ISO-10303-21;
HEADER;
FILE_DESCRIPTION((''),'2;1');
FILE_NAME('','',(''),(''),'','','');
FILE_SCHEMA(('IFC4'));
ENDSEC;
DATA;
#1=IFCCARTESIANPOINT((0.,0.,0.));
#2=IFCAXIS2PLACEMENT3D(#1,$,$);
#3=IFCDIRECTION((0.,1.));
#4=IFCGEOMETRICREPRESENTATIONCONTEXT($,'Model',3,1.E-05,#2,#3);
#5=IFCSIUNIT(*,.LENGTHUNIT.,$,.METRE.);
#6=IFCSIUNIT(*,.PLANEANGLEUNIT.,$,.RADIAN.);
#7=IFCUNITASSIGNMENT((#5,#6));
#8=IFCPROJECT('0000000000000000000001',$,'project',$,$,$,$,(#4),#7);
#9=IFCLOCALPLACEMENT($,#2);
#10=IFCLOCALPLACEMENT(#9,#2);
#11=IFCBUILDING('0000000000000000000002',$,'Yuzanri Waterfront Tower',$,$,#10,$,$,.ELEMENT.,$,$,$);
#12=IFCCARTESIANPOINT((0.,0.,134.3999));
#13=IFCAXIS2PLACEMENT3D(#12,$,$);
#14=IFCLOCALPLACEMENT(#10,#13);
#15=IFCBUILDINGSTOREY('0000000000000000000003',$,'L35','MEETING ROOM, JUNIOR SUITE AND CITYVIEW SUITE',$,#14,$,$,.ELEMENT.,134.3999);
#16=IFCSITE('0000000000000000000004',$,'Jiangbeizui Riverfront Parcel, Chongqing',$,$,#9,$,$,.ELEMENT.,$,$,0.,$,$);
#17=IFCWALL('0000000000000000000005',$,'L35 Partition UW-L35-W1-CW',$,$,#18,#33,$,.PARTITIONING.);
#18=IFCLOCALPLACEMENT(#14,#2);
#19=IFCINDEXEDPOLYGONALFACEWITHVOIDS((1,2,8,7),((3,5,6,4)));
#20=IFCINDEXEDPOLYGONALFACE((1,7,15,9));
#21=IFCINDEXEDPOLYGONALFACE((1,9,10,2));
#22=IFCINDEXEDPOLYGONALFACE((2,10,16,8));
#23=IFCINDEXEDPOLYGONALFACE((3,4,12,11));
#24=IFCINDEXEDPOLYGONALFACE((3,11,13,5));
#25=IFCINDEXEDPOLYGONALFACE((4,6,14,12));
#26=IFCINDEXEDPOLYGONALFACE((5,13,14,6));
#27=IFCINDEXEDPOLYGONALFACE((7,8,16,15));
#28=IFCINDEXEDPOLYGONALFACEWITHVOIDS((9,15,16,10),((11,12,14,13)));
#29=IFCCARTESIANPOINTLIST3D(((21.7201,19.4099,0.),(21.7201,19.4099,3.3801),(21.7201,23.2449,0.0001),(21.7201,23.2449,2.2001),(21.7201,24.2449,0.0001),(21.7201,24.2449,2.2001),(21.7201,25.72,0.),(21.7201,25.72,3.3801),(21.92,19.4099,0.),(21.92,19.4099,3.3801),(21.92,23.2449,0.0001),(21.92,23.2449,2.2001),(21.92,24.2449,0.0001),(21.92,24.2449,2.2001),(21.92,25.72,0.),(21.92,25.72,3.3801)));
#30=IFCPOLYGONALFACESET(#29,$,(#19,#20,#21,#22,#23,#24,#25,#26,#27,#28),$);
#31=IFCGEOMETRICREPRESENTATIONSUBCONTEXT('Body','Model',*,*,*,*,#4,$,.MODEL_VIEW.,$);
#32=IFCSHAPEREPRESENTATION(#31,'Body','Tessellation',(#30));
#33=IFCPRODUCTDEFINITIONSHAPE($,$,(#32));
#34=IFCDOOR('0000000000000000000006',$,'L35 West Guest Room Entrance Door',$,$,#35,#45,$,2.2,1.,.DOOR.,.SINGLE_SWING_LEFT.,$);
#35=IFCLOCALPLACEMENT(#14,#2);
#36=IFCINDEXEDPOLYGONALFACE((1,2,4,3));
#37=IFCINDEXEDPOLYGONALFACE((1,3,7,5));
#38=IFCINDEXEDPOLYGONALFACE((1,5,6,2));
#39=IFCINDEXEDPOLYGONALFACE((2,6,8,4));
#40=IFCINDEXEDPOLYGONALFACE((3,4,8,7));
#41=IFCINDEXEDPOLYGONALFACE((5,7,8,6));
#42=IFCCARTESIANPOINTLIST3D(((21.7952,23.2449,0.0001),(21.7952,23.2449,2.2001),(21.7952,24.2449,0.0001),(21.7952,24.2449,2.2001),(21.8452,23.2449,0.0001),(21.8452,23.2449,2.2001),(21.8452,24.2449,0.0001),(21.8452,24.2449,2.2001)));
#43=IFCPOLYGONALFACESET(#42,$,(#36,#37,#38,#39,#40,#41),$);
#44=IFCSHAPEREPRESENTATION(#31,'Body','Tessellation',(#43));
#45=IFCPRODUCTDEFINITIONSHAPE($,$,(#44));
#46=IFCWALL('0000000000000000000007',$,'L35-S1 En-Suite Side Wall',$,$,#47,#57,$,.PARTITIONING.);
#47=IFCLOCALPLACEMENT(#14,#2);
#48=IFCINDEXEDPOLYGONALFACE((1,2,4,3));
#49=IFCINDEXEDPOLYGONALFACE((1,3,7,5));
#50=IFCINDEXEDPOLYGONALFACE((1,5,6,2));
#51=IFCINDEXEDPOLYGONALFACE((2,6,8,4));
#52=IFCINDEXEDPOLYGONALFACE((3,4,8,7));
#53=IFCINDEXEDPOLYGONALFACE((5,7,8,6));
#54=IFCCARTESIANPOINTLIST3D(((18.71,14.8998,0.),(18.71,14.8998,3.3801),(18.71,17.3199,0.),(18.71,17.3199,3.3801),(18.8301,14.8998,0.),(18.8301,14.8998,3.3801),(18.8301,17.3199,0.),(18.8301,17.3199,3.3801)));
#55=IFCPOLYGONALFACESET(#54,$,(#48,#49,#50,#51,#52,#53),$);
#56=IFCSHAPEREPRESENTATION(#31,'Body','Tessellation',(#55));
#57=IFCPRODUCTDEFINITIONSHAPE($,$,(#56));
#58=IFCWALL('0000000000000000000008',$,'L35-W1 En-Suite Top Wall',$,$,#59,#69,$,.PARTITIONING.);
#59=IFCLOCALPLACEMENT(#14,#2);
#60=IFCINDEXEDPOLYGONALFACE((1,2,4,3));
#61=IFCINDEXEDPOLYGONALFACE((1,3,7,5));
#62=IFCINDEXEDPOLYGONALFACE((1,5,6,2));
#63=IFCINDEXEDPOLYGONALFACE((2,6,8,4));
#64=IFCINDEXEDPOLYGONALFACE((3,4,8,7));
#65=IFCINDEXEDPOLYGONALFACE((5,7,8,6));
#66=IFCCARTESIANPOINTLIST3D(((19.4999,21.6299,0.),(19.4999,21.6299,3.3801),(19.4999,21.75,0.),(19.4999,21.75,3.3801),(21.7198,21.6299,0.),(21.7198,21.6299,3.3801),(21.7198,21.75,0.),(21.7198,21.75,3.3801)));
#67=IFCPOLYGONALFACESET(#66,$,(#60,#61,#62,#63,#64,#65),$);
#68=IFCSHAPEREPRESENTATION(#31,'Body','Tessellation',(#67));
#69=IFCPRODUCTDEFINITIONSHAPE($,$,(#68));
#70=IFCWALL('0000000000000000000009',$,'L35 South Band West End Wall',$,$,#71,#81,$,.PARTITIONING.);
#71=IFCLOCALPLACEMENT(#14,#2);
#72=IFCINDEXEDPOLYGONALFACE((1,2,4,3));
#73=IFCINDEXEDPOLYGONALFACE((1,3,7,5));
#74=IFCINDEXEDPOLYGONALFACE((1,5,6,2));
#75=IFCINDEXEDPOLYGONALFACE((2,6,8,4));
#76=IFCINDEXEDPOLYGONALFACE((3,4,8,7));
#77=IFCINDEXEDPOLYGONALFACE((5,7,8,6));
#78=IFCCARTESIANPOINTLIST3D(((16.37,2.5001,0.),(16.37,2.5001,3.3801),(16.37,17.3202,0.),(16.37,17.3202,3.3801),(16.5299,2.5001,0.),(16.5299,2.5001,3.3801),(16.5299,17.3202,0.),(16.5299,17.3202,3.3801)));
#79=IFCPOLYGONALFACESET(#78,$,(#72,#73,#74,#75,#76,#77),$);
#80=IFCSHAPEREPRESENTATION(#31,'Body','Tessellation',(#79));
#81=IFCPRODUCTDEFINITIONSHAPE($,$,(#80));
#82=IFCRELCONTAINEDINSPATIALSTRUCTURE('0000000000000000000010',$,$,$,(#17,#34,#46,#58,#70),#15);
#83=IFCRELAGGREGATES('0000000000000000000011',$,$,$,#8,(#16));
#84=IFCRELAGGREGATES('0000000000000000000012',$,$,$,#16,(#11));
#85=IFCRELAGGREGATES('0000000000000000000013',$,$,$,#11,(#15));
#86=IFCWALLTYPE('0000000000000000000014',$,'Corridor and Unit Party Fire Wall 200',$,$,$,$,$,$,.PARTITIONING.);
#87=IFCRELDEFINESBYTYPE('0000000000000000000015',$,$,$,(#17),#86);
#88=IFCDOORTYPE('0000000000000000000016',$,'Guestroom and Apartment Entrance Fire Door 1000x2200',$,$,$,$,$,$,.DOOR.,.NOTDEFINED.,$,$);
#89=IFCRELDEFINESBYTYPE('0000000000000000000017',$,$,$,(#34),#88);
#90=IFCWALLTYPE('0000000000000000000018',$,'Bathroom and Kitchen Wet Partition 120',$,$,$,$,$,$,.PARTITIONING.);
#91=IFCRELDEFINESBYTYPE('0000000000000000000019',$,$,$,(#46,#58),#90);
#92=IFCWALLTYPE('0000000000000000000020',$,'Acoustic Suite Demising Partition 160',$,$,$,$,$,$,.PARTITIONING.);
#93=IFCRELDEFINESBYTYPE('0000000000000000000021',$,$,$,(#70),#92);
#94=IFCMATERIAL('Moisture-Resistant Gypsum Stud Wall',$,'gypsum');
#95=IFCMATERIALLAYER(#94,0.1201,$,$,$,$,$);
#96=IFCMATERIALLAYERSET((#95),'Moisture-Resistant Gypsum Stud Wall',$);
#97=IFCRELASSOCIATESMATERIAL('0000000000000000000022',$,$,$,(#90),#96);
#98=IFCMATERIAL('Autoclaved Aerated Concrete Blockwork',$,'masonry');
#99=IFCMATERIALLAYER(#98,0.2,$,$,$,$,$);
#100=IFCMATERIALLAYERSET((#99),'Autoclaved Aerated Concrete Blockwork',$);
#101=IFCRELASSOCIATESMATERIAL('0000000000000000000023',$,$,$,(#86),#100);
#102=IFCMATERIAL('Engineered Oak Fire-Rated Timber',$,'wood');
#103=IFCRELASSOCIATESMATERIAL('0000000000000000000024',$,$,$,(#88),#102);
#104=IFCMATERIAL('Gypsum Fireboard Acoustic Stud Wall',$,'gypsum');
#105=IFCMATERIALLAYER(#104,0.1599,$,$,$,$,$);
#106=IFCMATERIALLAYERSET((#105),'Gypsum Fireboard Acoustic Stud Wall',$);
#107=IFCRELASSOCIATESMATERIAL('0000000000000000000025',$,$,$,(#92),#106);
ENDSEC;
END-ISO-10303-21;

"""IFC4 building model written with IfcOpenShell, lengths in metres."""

from ifc_helpers import new_model, si_unit, direction, frame, frame_2d, origin, place, context, subcontext, project, spatial, rectangle, extrude, source, transform, mapped, material, layer, layer_set, type_object, element, fill, save


model = new_model("IFC4")

# Units and contexts
model_context = context("Model", 3, precision=1e-05, world=origin(), true_north=direction((0.0, 1.0)))
body_context = subcontext(model_context, "Body", "Model", "MODEL_VIEW")
ifc_project = project(units=[si_unit("LENGTHUNIT", "METRE"), si_unit("PLANEANGLEUNIT", "RADIAN")], contexts=[model_context])

# Site, building, storey
site_placement = place(None, origin())
site = spatial("IfcSite", under=ifc_project, at=site_placement, Name="Jiangbeizui Riverfront Parcel, Chongqing", CompositionType="ELEMENT", RefElevation=0.0)
building_placement = place(site_placement, origin())
building = spatial("IfcBuilding", under=site, at=building_placement, Name="Yuzanri Waterfront Tower", CompositionType="ELEMENT")
storey_placement = place(building_placement, frame((0.0, 0.0, 134.3999)))
storey = spatial("IfcBuildingStorey", under=building, at=storey_placement, Name="L35", Description="MEETING ROOM, JUNIOR SUITE AND CITYVIEW SUITE", CompositionType="ELEMENT", Elevation=134.3999)

# Shared definitions
ifc_material_1 = material(Name="Moisture-Resistant Gypsum Stud Wall", Category="gypsum")
ifc_layer_1 = layer(ifc_material_1, 0.1201)
ifc_layer_set_1 = layer_set([ifc_layer_1], Name="Moisture-Resistant Gypsum Stud Wall")
wall_type_1 = type_object("IfcWallType", Name="Bathroom and Kitchen Wet Partition 120", PredefinedType="PARTITIONING", material=ifc_layer_set_1)

# Wall, opening, door
ifc_material_2 = material(Name="Autoclaved Aerated Concrete Blockwork", Category="masonry")
ifc_layer_2 = layer(ifc_material_2, 0.2)
ifc_layer_set_2 = layer_set([ifc_layer_2], Name="Autoclaved Aerated Concrete Blockwork")
wall_type_2 = type_object("IfcWallType", Name="Corridor and Unit Party Fire Wall 200", PredefinedType="PARTITIONING", material=ifc_layer_set_2)
ifc_material_3 = material(Name="Engineered Oak Fire-Rated Timber", Category="wood")
door_type_1 = type_object("IfcDoorType", Name="Guestroom and Apartment Entrance Fire Door 1000x2200", OperationType="NOTDEFINED", PredefinedType="DOOR", material=ifc_material_3)
shared_shape_1 = source(origin(), body_context, "Body", "SweptSolid", [
    extrude(rectangle(XDim=1.0, YDim=2.2, at=frame_2d((0.5, 1.1001))), frame((0.0, 0.0249, 0.0), z_axis=(0.0, -1.0, 0.0), x_axis=(1.0, 0.0, 0.0)), (0.0, 0.0, 1.0), 0.05),
])
wall_1_placement = place(storey_placement, frame((21.8201, 19.4099, 0.0), z_axis=(0.0, 0.0, 1.0), x_axis=(0.0, 1.0, 0.0)))
wall_1 = element("IfcWall", 1, at=wall_1_placement, inside=storey, type_object=wall_type_2, Name="L35 Partition UW-L35-W1-CW", PredefinedType="PARTITIONING", context=body_context, shape_type="SweptSolid", body=[
    extrude(rectangle(XDim=6.3101, YDim=0.2, at=frame_2d((3.155, 0.0))), origin(), (0.0, 0.0, 1.0), 3.3801),
])
opening_1_placement = place(wall_1_placement, frame((3.835, 0.0, 0.0)))
opening_1 = element("IfcOpeningElement", 2, at=opening_1_placement, cuts=wall_1, PredefinedType="OPENING", context=body_context, shape_type="SweptSolid", body=[
    extrude(rectangle(XDim=1.0, YDim=2.2, at=frame_2d((0.5, 1.1001))), frame((0.0, 0.1147, 0.0), z_axis=(0.0, -1.0, 0.0), x_axis=(1.0, 0.0, 0.0)), (0.0, 0.0, 1.0), 0.2297),
])
door_1_placement = place(opening_1_placement, origin())
door_1 = element("IfcDoor", 3, at=door_1_placement, inside=storey, type_object=door_type_1, Name="L35 West Guest Room Entrance Door", OperationType="SINGLE_SWING_LEFT", OverallHeight=2.2, OverallWidth=1.0, PredefinedType="DOOR", context=body_context, shape_type="MappedRepresentation", body=[
    mapped(shared_shape_1, transform((0.0, 0.0, 0.0), scale=1.0)),
])
fill(opening_1, door_1)

# Walls
shared_shape_2 = source(origin(), body_context, "Body", "SweptSolid", [
    extrude(rectangle(XDim=2.4202, YDim=0.1201, at=frame_2d((1.21, 0.0))), origin(), (0.0, 0.0, 1.0), 3.3801),
])
wall_2_placement = place(storey_placement, frame((18.77, 14.8999, 0.0), z_axis=(0.0, 0.0, 1.0), x_axis=(0.0, 1.0, 0.0)))
element("IfcWall", 4, at=wall_2_placement, inside=storey, type_object=wall_type_1, Name="L35-S1 En-Suite Side Wall", PredefinedType="PARTITIONING", context=body_context, shape_type="MappedRepresentation", body=[
    mapped(shared_shape_2, transform((0.0, 0.0, 0.0), scale=1.0)),
])
shared_shape_3 = source(origin(), body_context, "Body", "SweptSolid", [
    extrude(rectangle(XDim=2.22, YDim=0.1201, at=frame_2d((1.1099, 0.0))), origin(), (0.0, 0.0, 1.0), 3.3801),
])
wall_3_placement = place(storey_placement, frame((19.5, 21.6899, 0.0), z_axis=(0.0, 0.0, 1.0), x_axis=(1.0, 0.0, 0.0)))
element("IfcWall", 5, at=wall_3_placement, inside=storey, type_object=wall_type_1, Name="L35-W1 En-Suite Top Wall", PredefinedType="PARTITIONING", context=body_context, shape_type="MappedRepresentation", body=[
    mapped(shared_shape_3, transform((0.0, 0.0, 0.0), scale=1.0)),
])
ifc_material_4 = material(Name="Gypsum Fireboard Acoustic Stud Wall", Category="gypsum")
ifc_layer_3 = layer(ifc_material_4, 0.1599)
ifc_layer_set_3 = layer_set([ifc_layer_3], Name="Gypsum Fireboard Acoustic Stud Wall")
wall_type_3 = type_object("IfcWallType", Name="Acoustic Suite Demising Partition 160", PredefinedType="PARTITIONING", material=ifc_layer_set_3)
shared_shape_4 = source(origin(), body_context, "Body", "SweptSolid", [
    extrude(rectangle(XDim=14.8201, YDim=0.1599, at=frame_2d((7.4102, 0.0))), origin(), (0.0, 0.0, 1.0), 3.3801),
])
wall_4_placement = place(storey_placement, frame((16.45, 2.5, 0.0), z_axis=(0.0, 0.0, 1.0), x_axis=(0.0, 1.0, 0.0)))
element("IfcWall", 6, at=wall_4_placement, inside=storey, type_object=wall_type_3, Name="L35 South Band West End Wall", PredefinedType="PARTITIONING", context=body_context, shape_type="MappedRepresentation", body=[
    mapped(shared_shape_4, transform((0.0, 0.0, 0.0), scale=1.0)),
])

save(model, "model.ifc")
